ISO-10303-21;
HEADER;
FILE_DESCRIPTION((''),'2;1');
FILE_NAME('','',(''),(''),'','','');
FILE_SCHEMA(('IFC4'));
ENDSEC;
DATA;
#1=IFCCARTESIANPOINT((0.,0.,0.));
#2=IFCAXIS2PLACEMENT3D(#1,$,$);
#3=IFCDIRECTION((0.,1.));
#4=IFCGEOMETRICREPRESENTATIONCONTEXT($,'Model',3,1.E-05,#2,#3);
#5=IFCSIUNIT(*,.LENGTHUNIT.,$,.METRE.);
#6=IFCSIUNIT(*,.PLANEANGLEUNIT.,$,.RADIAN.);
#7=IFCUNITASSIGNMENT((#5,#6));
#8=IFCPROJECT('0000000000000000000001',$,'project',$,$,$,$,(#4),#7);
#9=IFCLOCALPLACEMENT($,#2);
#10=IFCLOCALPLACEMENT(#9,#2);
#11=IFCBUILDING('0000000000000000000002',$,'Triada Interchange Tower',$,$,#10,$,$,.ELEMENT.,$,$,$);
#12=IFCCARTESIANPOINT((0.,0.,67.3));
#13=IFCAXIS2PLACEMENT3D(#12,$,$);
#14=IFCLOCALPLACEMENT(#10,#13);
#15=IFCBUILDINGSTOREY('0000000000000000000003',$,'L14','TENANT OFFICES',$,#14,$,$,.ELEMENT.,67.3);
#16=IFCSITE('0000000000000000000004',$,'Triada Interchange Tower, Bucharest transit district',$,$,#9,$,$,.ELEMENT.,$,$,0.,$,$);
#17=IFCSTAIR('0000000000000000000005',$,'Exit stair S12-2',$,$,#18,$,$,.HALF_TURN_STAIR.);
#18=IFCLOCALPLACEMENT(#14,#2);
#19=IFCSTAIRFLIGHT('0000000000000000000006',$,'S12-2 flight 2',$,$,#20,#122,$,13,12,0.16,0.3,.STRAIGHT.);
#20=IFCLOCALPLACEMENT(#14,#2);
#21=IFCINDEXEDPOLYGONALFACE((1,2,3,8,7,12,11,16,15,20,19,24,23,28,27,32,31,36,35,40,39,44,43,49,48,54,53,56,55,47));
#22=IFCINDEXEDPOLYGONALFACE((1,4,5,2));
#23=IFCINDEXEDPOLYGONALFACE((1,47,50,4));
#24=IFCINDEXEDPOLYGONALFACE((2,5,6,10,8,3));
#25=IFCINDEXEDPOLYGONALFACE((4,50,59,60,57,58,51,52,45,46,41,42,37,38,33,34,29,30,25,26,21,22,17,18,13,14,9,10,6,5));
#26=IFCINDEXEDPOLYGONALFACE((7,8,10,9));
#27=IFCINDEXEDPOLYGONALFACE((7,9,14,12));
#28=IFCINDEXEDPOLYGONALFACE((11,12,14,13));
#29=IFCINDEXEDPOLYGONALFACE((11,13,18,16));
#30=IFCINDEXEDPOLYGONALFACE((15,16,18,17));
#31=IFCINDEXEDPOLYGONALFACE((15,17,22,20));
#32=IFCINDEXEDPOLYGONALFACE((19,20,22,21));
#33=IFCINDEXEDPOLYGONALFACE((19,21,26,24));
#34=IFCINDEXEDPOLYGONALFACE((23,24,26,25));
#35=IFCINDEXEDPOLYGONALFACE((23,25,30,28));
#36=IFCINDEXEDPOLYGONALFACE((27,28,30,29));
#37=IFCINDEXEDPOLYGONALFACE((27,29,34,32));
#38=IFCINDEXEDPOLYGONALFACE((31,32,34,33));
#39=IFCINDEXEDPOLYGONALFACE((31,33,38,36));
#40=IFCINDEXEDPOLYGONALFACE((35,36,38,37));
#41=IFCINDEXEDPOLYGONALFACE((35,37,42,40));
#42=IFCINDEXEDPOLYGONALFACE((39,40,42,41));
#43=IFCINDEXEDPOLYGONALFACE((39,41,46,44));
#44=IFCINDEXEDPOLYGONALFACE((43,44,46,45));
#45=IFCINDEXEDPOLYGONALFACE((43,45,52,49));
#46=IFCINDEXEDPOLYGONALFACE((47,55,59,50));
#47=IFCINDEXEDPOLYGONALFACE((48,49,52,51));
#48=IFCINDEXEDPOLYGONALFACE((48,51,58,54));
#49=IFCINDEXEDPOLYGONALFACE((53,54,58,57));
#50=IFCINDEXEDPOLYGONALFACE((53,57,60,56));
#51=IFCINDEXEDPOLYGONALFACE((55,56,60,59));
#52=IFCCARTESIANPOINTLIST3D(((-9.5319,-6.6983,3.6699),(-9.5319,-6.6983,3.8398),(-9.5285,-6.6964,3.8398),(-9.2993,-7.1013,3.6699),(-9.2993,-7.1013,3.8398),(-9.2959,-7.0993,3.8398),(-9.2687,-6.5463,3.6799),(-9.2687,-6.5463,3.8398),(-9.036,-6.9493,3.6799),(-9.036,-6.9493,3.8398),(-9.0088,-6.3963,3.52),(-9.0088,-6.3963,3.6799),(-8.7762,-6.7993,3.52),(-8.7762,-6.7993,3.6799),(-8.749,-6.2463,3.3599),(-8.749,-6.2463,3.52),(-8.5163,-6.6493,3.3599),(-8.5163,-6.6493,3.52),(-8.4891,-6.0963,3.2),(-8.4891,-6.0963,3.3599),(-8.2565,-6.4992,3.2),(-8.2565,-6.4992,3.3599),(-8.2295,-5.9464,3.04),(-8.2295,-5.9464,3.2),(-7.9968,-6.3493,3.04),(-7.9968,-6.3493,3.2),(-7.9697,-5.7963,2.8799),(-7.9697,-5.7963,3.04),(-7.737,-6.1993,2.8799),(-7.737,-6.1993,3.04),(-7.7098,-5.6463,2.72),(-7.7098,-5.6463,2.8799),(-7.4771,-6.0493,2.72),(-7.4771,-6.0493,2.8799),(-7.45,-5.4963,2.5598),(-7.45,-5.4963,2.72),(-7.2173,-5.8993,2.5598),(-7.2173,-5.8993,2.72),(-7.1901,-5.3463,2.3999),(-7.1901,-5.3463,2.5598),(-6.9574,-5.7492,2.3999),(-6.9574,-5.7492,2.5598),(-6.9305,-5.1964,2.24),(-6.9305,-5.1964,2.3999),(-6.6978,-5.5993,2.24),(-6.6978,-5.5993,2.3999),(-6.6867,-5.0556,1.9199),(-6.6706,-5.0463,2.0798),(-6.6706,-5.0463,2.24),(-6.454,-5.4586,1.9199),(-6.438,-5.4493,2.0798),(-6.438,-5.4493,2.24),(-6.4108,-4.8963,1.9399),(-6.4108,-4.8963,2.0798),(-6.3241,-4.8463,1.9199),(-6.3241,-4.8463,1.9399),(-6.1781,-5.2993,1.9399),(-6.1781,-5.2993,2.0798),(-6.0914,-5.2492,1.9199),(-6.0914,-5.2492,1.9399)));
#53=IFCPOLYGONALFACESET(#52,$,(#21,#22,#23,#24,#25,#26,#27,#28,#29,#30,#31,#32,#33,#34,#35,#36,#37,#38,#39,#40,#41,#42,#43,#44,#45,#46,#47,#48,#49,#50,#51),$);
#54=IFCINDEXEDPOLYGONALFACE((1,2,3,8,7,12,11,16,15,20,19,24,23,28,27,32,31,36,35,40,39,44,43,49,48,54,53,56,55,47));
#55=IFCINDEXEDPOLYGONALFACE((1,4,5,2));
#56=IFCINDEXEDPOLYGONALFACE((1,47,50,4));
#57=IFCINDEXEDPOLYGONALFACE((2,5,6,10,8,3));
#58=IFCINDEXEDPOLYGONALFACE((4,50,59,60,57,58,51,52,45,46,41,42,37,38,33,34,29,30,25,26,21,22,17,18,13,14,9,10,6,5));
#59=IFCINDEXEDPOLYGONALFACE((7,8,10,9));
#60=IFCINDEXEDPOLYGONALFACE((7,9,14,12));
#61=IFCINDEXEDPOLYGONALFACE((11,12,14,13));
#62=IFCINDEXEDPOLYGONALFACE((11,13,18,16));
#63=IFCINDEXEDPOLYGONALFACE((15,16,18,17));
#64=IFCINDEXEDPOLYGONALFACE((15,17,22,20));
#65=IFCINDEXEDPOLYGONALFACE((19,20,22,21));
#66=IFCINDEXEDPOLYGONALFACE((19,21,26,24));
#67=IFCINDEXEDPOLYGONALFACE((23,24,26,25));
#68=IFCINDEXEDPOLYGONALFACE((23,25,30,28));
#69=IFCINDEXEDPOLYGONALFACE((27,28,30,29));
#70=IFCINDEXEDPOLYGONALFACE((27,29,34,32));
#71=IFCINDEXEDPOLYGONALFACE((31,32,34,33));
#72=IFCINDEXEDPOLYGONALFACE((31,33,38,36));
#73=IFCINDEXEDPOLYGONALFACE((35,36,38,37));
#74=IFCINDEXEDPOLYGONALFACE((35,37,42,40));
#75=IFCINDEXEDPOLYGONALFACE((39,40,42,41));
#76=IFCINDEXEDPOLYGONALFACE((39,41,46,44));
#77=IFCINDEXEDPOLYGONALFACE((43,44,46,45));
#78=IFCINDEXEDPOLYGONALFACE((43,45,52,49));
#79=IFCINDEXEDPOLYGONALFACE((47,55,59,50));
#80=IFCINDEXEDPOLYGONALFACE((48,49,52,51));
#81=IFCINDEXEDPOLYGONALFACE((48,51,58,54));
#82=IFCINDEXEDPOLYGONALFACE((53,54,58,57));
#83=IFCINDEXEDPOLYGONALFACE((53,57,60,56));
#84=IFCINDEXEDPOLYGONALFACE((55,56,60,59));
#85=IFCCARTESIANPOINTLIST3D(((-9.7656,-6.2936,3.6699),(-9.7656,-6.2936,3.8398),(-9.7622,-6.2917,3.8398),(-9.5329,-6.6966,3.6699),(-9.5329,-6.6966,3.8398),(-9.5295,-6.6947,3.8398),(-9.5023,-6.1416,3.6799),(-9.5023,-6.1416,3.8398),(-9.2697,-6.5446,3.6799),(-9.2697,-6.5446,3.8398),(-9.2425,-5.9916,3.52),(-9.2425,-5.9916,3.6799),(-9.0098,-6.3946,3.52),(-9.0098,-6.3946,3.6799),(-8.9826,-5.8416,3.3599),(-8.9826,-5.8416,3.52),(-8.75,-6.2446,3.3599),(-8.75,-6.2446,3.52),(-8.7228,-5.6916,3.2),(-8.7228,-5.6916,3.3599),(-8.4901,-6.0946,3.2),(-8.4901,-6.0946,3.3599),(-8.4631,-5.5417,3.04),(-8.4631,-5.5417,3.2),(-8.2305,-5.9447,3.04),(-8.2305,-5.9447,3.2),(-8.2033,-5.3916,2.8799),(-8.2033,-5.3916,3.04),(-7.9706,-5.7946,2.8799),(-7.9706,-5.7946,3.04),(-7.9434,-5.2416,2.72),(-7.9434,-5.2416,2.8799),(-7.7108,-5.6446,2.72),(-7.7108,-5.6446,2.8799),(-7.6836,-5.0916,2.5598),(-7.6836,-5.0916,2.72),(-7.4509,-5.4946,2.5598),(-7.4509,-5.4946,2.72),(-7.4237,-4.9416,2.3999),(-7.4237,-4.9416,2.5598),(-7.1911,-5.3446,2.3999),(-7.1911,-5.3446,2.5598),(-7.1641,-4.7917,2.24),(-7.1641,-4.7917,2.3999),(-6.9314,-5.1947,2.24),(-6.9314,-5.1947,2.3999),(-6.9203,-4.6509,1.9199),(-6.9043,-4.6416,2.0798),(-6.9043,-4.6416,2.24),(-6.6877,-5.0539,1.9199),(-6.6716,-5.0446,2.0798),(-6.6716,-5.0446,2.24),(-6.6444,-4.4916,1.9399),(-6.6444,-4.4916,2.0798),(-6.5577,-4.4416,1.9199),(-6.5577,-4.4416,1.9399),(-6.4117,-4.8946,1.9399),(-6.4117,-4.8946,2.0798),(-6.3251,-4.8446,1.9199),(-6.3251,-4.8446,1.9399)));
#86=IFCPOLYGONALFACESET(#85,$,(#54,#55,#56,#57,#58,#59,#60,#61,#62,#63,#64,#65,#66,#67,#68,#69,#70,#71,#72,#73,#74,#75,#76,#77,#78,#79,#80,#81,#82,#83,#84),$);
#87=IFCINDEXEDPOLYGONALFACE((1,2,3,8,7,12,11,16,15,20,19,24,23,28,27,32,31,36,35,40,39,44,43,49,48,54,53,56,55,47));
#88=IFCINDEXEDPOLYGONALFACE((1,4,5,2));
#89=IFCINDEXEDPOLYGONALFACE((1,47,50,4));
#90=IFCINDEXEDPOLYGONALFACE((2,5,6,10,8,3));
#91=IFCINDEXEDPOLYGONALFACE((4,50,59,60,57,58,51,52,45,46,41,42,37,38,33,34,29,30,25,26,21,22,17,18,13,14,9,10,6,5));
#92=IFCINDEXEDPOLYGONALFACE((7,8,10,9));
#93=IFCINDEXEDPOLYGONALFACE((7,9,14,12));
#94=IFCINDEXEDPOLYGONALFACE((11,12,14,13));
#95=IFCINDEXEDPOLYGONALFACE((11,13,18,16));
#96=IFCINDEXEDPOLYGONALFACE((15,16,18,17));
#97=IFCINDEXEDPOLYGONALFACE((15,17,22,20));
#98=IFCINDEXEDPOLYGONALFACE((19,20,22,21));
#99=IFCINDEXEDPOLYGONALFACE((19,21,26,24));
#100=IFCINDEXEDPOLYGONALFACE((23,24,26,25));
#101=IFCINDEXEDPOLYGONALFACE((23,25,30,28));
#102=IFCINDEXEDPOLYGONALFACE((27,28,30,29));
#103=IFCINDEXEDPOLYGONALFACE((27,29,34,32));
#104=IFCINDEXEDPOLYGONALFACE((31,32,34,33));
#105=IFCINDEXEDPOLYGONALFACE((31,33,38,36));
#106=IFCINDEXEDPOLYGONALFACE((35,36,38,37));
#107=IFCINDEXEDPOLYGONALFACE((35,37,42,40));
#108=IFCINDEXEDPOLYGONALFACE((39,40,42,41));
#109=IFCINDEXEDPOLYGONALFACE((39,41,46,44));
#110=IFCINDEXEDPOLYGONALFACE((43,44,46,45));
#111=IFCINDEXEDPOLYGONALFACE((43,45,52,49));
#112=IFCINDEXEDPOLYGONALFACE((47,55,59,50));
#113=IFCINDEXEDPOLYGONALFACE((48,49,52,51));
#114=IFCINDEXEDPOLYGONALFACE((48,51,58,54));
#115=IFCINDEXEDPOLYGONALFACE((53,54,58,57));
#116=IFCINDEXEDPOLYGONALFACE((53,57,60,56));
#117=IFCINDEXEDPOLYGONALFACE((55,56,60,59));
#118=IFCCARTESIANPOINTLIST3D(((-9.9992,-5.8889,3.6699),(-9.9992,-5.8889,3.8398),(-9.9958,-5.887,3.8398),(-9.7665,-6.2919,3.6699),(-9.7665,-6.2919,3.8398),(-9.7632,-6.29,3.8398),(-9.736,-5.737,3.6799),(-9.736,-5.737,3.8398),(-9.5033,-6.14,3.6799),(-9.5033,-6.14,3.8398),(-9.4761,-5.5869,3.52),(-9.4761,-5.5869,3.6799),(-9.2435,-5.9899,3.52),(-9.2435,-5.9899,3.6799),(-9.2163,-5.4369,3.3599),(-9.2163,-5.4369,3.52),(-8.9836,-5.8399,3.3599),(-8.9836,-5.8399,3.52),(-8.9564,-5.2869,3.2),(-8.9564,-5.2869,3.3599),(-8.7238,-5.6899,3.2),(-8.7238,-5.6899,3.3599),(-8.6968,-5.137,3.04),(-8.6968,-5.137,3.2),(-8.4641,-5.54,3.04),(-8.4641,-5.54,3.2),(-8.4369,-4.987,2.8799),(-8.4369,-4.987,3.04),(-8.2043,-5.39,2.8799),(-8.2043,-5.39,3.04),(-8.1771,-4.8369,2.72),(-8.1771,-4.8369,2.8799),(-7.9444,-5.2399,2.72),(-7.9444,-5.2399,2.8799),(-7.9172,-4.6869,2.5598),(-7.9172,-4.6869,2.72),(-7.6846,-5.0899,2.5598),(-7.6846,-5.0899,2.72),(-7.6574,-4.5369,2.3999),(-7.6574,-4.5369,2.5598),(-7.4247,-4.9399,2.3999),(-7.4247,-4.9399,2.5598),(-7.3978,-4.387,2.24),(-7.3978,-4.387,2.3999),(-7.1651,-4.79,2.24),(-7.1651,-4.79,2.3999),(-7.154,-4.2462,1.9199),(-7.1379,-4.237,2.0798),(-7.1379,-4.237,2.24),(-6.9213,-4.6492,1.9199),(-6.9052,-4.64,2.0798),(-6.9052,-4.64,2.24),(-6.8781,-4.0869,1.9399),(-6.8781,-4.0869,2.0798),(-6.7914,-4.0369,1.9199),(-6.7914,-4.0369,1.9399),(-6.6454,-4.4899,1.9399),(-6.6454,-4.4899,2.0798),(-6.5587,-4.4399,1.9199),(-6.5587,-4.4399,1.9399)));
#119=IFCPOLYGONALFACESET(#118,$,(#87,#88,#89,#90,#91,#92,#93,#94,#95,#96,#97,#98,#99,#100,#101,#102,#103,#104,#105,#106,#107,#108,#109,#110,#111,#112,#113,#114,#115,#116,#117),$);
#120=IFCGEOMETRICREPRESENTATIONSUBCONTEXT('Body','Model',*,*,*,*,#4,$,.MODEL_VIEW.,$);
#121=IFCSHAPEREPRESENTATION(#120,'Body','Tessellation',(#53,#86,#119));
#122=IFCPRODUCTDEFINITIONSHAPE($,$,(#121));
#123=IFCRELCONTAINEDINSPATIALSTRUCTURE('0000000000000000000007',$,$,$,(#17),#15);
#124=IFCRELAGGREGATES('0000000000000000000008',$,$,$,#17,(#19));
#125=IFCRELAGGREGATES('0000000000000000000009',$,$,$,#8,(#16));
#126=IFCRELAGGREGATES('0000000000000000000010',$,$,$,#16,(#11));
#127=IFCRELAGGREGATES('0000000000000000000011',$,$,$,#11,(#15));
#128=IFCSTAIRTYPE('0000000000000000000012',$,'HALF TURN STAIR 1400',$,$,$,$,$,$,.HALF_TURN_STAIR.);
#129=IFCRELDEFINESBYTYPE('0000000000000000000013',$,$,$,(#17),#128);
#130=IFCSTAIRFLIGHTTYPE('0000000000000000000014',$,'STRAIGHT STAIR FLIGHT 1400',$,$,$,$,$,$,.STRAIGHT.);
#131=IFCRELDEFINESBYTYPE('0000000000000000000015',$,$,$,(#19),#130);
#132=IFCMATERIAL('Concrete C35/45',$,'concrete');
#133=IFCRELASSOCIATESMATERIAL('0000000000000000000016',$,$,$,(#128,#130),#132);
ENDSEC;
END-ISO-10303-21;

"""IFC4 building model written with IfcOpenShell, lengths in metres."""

from ifc_helpers import new_model, si_unit, direction, frame, origin, place, context, subcontext, project, spatial, polyline, outline, extrude, material, type_object, element, aggregate, save


model = new_model("IFC4")

# Units and contexts
model_context = context("Model", 3, precision=1e-05, world=origin(), true_north=direction((0.0, 1.0)))
body_context = subcontext(model_context, "Body", "Model", "MODEL_VIEW")
ifc_project = project(units=[si_unit("LENGTHUNIT", "METRE"), si_unit("PLANEANGLEUNIT", "RADIAN")], contexts=[model_context])

# Site, building, storey
site_placement = place(None, origin())
site = spatial("IfcSite", under=ifc_project, at=site_placement, Name="Triada Interchange Tower, Bucharest transit district", CompositionType="ELEMENT", RefElevation=0.0)
building_placement = place(site_placement, origin())
building = spatial("IfcBuilding", under=site, at=building_placement, Name="Triada Interchange Tower", CompositionType="ELEMENT")
storey_placement = place(building_placement, frame((0.0, 0.0, 67.3)))
storey = spatial("IfcBuildingStorey", under=building, at=storey_placement, Name="L14", Description="TENANT OFFICES", CompositionType="ELEMENT", Elevation=67.3)

# Stair, stair flight
ifc_material_1 = material(Name="Concrete C35/45", Category="concrete")
stair_type = type_object("IfcStairType", Name="HALF TURN STAIR 1400", PredefinedType="HALF_TURN_STAIR", material=ifc_material_1)
stair_placement = place(storey_placement, origin())
stair = element("IfcStair", 1, at=stair_placement, inside=storey, type_object=stair_type, Name="Exit stair S12-2", PredefinedType="HALF_TURN_STAIR")
stair_flight_type = type_object("IfcStairFlightType", Name="STRAIGHT STAIR FLIGHT 1400", PredefinedType="STRAIGHT", material=ifc_material_1)
stair_flight_1_placement = place(storey_placement, frame((-6.5281, -4.6931, 1.9199), z_axis=(0.0, 0.0, 1.0), x_axis=(-0.866025, -0.5, 0.0)))
stair_flight_1 = element("IfcStairFlight", 2, at=stair_flight_1_placement, type_object=stair_flight_type, Name="S12-2 flight 2", NumberOfRisers=13, NumberOfTreads=12, PredefinedType="STRAIGHT", RiserHeight=0.16, TreadLength=0.3, context=body_context, shape_type="SweptSolid", body=[
    extrude(outline(polyline([(-0.1001, 0.0), (-0.1001, 0.02), (0.0, 0.02), (0.0, 0.1599), (0.3, 0.1599), (0.3, 0.3201), (0.6001, 0.3201), (0.6001, 0.48), (0.8999, 0.48), (0.8999, 0.6399), (1.2, 0.6399), (1.2, 0.8), (1.5, 0.8), (1.5, 0.96), (1.8, 0.96), (1.8, 1.1201), (2.1001, 1.1201), (2.1001, 1.28), (2.3999, 1.28), (2.3999, 1.4399), (2.7, 1.4399), (2.7, 1.6001), (3.0, 1.6001), (3.0, 1.76), (3.3, 1.76), (3.3, 1.9199), (3.6001, 1.9199), (3.604, 1.9199), (3.604, 2.0801), (3.604, 1.75), (0.3186, 0.0), (-0.1001, 0.0)])), frame((0.0, 0.7, 0.0), z_axis=(0.0, -1.0, 0.0), x_axis=(1.0, 0.0, 0.0)), (0.0, 0.0, 1.0), 0.4653),
    extrude(outline(polyline([(-0.1001, 0.0), (-0.1001, 0.02), (0.0, 0.02), (0.0, 0.1599), (0.3, 0.1599), (0.3, 0.3201), (0.6001, 0.3201), (0.6001, 0.48), (0.8999, 0.48), (0.8999, 0.6399), (1.2, 0.6399), (1.2, 0.8), (1.5, 0.8), (1.5, 0.96), (1.8, 0.96), (1.8, 1.1201), (2.1001, 1.1201), (2.1001, 1.28), (2.3999, 1.28), (2.3999, 1.4399), (2.7, 1.4399), (2.7, 1.6001), (3.0, 1.6001), (3.0, 1.76), (3.3, 1.76), (3.3, 1.9199), (3.6001, 1.9199), (3.604, 1.9199), (3.604, 2.0801), (3.604, 1.75), (0.3186, 0.0), (-0.1001, 0.0)])), frame((0.0, 0.2327, 0.0), z_axis=(0.0, -1.0, 0.0), x_axis=(1.0, 0.0, 0.0)), (0.0, 0.0, 1.0), 0.4653),
    extrude(outline(polyline([(-0.1001, 0.0), (-0.1001, 0.02), (0.0, 0.02), (0.0, 0.1599), (0.3, 0.1599), (0.3, 0.3201), (0.6001, 0.3201), (0.6001, 0.48), (0.8999, 0.48), (0.8999, 0.6399), (1.2, 0.6399), (1.2, 0.8), (1.5, 0.8), (1.5, 0.96), (1.8, 0.96), (1.8, 1.1201), (2.1001, 1.1201), (2.1001, 1.28), (2.3999, 1.28), (2.3999, 1.4399), (2.7, 1.4399), (2.7, 1.6001), (3.0, 1.6001), (3.0, 1.76), (3.3, 1.76), (3.3, 1.9199), (3.6001, 1.9199), (3.604, 1.9199), (3.604, 2.0801), (3.604, 1.75), (0.3186, 0.0), (-0.1001, 0.0)])), frame((0.0, -0.2346, 0.0), z_axis=(0.0, -1.0, 0.0), x_axis=(1.0, 0.0, 0.0)), (0.0, 0.0, 1.0), 0.4653),
])
aggregate(stair, [stair_flight_1])

save(model, "model.ifc")
